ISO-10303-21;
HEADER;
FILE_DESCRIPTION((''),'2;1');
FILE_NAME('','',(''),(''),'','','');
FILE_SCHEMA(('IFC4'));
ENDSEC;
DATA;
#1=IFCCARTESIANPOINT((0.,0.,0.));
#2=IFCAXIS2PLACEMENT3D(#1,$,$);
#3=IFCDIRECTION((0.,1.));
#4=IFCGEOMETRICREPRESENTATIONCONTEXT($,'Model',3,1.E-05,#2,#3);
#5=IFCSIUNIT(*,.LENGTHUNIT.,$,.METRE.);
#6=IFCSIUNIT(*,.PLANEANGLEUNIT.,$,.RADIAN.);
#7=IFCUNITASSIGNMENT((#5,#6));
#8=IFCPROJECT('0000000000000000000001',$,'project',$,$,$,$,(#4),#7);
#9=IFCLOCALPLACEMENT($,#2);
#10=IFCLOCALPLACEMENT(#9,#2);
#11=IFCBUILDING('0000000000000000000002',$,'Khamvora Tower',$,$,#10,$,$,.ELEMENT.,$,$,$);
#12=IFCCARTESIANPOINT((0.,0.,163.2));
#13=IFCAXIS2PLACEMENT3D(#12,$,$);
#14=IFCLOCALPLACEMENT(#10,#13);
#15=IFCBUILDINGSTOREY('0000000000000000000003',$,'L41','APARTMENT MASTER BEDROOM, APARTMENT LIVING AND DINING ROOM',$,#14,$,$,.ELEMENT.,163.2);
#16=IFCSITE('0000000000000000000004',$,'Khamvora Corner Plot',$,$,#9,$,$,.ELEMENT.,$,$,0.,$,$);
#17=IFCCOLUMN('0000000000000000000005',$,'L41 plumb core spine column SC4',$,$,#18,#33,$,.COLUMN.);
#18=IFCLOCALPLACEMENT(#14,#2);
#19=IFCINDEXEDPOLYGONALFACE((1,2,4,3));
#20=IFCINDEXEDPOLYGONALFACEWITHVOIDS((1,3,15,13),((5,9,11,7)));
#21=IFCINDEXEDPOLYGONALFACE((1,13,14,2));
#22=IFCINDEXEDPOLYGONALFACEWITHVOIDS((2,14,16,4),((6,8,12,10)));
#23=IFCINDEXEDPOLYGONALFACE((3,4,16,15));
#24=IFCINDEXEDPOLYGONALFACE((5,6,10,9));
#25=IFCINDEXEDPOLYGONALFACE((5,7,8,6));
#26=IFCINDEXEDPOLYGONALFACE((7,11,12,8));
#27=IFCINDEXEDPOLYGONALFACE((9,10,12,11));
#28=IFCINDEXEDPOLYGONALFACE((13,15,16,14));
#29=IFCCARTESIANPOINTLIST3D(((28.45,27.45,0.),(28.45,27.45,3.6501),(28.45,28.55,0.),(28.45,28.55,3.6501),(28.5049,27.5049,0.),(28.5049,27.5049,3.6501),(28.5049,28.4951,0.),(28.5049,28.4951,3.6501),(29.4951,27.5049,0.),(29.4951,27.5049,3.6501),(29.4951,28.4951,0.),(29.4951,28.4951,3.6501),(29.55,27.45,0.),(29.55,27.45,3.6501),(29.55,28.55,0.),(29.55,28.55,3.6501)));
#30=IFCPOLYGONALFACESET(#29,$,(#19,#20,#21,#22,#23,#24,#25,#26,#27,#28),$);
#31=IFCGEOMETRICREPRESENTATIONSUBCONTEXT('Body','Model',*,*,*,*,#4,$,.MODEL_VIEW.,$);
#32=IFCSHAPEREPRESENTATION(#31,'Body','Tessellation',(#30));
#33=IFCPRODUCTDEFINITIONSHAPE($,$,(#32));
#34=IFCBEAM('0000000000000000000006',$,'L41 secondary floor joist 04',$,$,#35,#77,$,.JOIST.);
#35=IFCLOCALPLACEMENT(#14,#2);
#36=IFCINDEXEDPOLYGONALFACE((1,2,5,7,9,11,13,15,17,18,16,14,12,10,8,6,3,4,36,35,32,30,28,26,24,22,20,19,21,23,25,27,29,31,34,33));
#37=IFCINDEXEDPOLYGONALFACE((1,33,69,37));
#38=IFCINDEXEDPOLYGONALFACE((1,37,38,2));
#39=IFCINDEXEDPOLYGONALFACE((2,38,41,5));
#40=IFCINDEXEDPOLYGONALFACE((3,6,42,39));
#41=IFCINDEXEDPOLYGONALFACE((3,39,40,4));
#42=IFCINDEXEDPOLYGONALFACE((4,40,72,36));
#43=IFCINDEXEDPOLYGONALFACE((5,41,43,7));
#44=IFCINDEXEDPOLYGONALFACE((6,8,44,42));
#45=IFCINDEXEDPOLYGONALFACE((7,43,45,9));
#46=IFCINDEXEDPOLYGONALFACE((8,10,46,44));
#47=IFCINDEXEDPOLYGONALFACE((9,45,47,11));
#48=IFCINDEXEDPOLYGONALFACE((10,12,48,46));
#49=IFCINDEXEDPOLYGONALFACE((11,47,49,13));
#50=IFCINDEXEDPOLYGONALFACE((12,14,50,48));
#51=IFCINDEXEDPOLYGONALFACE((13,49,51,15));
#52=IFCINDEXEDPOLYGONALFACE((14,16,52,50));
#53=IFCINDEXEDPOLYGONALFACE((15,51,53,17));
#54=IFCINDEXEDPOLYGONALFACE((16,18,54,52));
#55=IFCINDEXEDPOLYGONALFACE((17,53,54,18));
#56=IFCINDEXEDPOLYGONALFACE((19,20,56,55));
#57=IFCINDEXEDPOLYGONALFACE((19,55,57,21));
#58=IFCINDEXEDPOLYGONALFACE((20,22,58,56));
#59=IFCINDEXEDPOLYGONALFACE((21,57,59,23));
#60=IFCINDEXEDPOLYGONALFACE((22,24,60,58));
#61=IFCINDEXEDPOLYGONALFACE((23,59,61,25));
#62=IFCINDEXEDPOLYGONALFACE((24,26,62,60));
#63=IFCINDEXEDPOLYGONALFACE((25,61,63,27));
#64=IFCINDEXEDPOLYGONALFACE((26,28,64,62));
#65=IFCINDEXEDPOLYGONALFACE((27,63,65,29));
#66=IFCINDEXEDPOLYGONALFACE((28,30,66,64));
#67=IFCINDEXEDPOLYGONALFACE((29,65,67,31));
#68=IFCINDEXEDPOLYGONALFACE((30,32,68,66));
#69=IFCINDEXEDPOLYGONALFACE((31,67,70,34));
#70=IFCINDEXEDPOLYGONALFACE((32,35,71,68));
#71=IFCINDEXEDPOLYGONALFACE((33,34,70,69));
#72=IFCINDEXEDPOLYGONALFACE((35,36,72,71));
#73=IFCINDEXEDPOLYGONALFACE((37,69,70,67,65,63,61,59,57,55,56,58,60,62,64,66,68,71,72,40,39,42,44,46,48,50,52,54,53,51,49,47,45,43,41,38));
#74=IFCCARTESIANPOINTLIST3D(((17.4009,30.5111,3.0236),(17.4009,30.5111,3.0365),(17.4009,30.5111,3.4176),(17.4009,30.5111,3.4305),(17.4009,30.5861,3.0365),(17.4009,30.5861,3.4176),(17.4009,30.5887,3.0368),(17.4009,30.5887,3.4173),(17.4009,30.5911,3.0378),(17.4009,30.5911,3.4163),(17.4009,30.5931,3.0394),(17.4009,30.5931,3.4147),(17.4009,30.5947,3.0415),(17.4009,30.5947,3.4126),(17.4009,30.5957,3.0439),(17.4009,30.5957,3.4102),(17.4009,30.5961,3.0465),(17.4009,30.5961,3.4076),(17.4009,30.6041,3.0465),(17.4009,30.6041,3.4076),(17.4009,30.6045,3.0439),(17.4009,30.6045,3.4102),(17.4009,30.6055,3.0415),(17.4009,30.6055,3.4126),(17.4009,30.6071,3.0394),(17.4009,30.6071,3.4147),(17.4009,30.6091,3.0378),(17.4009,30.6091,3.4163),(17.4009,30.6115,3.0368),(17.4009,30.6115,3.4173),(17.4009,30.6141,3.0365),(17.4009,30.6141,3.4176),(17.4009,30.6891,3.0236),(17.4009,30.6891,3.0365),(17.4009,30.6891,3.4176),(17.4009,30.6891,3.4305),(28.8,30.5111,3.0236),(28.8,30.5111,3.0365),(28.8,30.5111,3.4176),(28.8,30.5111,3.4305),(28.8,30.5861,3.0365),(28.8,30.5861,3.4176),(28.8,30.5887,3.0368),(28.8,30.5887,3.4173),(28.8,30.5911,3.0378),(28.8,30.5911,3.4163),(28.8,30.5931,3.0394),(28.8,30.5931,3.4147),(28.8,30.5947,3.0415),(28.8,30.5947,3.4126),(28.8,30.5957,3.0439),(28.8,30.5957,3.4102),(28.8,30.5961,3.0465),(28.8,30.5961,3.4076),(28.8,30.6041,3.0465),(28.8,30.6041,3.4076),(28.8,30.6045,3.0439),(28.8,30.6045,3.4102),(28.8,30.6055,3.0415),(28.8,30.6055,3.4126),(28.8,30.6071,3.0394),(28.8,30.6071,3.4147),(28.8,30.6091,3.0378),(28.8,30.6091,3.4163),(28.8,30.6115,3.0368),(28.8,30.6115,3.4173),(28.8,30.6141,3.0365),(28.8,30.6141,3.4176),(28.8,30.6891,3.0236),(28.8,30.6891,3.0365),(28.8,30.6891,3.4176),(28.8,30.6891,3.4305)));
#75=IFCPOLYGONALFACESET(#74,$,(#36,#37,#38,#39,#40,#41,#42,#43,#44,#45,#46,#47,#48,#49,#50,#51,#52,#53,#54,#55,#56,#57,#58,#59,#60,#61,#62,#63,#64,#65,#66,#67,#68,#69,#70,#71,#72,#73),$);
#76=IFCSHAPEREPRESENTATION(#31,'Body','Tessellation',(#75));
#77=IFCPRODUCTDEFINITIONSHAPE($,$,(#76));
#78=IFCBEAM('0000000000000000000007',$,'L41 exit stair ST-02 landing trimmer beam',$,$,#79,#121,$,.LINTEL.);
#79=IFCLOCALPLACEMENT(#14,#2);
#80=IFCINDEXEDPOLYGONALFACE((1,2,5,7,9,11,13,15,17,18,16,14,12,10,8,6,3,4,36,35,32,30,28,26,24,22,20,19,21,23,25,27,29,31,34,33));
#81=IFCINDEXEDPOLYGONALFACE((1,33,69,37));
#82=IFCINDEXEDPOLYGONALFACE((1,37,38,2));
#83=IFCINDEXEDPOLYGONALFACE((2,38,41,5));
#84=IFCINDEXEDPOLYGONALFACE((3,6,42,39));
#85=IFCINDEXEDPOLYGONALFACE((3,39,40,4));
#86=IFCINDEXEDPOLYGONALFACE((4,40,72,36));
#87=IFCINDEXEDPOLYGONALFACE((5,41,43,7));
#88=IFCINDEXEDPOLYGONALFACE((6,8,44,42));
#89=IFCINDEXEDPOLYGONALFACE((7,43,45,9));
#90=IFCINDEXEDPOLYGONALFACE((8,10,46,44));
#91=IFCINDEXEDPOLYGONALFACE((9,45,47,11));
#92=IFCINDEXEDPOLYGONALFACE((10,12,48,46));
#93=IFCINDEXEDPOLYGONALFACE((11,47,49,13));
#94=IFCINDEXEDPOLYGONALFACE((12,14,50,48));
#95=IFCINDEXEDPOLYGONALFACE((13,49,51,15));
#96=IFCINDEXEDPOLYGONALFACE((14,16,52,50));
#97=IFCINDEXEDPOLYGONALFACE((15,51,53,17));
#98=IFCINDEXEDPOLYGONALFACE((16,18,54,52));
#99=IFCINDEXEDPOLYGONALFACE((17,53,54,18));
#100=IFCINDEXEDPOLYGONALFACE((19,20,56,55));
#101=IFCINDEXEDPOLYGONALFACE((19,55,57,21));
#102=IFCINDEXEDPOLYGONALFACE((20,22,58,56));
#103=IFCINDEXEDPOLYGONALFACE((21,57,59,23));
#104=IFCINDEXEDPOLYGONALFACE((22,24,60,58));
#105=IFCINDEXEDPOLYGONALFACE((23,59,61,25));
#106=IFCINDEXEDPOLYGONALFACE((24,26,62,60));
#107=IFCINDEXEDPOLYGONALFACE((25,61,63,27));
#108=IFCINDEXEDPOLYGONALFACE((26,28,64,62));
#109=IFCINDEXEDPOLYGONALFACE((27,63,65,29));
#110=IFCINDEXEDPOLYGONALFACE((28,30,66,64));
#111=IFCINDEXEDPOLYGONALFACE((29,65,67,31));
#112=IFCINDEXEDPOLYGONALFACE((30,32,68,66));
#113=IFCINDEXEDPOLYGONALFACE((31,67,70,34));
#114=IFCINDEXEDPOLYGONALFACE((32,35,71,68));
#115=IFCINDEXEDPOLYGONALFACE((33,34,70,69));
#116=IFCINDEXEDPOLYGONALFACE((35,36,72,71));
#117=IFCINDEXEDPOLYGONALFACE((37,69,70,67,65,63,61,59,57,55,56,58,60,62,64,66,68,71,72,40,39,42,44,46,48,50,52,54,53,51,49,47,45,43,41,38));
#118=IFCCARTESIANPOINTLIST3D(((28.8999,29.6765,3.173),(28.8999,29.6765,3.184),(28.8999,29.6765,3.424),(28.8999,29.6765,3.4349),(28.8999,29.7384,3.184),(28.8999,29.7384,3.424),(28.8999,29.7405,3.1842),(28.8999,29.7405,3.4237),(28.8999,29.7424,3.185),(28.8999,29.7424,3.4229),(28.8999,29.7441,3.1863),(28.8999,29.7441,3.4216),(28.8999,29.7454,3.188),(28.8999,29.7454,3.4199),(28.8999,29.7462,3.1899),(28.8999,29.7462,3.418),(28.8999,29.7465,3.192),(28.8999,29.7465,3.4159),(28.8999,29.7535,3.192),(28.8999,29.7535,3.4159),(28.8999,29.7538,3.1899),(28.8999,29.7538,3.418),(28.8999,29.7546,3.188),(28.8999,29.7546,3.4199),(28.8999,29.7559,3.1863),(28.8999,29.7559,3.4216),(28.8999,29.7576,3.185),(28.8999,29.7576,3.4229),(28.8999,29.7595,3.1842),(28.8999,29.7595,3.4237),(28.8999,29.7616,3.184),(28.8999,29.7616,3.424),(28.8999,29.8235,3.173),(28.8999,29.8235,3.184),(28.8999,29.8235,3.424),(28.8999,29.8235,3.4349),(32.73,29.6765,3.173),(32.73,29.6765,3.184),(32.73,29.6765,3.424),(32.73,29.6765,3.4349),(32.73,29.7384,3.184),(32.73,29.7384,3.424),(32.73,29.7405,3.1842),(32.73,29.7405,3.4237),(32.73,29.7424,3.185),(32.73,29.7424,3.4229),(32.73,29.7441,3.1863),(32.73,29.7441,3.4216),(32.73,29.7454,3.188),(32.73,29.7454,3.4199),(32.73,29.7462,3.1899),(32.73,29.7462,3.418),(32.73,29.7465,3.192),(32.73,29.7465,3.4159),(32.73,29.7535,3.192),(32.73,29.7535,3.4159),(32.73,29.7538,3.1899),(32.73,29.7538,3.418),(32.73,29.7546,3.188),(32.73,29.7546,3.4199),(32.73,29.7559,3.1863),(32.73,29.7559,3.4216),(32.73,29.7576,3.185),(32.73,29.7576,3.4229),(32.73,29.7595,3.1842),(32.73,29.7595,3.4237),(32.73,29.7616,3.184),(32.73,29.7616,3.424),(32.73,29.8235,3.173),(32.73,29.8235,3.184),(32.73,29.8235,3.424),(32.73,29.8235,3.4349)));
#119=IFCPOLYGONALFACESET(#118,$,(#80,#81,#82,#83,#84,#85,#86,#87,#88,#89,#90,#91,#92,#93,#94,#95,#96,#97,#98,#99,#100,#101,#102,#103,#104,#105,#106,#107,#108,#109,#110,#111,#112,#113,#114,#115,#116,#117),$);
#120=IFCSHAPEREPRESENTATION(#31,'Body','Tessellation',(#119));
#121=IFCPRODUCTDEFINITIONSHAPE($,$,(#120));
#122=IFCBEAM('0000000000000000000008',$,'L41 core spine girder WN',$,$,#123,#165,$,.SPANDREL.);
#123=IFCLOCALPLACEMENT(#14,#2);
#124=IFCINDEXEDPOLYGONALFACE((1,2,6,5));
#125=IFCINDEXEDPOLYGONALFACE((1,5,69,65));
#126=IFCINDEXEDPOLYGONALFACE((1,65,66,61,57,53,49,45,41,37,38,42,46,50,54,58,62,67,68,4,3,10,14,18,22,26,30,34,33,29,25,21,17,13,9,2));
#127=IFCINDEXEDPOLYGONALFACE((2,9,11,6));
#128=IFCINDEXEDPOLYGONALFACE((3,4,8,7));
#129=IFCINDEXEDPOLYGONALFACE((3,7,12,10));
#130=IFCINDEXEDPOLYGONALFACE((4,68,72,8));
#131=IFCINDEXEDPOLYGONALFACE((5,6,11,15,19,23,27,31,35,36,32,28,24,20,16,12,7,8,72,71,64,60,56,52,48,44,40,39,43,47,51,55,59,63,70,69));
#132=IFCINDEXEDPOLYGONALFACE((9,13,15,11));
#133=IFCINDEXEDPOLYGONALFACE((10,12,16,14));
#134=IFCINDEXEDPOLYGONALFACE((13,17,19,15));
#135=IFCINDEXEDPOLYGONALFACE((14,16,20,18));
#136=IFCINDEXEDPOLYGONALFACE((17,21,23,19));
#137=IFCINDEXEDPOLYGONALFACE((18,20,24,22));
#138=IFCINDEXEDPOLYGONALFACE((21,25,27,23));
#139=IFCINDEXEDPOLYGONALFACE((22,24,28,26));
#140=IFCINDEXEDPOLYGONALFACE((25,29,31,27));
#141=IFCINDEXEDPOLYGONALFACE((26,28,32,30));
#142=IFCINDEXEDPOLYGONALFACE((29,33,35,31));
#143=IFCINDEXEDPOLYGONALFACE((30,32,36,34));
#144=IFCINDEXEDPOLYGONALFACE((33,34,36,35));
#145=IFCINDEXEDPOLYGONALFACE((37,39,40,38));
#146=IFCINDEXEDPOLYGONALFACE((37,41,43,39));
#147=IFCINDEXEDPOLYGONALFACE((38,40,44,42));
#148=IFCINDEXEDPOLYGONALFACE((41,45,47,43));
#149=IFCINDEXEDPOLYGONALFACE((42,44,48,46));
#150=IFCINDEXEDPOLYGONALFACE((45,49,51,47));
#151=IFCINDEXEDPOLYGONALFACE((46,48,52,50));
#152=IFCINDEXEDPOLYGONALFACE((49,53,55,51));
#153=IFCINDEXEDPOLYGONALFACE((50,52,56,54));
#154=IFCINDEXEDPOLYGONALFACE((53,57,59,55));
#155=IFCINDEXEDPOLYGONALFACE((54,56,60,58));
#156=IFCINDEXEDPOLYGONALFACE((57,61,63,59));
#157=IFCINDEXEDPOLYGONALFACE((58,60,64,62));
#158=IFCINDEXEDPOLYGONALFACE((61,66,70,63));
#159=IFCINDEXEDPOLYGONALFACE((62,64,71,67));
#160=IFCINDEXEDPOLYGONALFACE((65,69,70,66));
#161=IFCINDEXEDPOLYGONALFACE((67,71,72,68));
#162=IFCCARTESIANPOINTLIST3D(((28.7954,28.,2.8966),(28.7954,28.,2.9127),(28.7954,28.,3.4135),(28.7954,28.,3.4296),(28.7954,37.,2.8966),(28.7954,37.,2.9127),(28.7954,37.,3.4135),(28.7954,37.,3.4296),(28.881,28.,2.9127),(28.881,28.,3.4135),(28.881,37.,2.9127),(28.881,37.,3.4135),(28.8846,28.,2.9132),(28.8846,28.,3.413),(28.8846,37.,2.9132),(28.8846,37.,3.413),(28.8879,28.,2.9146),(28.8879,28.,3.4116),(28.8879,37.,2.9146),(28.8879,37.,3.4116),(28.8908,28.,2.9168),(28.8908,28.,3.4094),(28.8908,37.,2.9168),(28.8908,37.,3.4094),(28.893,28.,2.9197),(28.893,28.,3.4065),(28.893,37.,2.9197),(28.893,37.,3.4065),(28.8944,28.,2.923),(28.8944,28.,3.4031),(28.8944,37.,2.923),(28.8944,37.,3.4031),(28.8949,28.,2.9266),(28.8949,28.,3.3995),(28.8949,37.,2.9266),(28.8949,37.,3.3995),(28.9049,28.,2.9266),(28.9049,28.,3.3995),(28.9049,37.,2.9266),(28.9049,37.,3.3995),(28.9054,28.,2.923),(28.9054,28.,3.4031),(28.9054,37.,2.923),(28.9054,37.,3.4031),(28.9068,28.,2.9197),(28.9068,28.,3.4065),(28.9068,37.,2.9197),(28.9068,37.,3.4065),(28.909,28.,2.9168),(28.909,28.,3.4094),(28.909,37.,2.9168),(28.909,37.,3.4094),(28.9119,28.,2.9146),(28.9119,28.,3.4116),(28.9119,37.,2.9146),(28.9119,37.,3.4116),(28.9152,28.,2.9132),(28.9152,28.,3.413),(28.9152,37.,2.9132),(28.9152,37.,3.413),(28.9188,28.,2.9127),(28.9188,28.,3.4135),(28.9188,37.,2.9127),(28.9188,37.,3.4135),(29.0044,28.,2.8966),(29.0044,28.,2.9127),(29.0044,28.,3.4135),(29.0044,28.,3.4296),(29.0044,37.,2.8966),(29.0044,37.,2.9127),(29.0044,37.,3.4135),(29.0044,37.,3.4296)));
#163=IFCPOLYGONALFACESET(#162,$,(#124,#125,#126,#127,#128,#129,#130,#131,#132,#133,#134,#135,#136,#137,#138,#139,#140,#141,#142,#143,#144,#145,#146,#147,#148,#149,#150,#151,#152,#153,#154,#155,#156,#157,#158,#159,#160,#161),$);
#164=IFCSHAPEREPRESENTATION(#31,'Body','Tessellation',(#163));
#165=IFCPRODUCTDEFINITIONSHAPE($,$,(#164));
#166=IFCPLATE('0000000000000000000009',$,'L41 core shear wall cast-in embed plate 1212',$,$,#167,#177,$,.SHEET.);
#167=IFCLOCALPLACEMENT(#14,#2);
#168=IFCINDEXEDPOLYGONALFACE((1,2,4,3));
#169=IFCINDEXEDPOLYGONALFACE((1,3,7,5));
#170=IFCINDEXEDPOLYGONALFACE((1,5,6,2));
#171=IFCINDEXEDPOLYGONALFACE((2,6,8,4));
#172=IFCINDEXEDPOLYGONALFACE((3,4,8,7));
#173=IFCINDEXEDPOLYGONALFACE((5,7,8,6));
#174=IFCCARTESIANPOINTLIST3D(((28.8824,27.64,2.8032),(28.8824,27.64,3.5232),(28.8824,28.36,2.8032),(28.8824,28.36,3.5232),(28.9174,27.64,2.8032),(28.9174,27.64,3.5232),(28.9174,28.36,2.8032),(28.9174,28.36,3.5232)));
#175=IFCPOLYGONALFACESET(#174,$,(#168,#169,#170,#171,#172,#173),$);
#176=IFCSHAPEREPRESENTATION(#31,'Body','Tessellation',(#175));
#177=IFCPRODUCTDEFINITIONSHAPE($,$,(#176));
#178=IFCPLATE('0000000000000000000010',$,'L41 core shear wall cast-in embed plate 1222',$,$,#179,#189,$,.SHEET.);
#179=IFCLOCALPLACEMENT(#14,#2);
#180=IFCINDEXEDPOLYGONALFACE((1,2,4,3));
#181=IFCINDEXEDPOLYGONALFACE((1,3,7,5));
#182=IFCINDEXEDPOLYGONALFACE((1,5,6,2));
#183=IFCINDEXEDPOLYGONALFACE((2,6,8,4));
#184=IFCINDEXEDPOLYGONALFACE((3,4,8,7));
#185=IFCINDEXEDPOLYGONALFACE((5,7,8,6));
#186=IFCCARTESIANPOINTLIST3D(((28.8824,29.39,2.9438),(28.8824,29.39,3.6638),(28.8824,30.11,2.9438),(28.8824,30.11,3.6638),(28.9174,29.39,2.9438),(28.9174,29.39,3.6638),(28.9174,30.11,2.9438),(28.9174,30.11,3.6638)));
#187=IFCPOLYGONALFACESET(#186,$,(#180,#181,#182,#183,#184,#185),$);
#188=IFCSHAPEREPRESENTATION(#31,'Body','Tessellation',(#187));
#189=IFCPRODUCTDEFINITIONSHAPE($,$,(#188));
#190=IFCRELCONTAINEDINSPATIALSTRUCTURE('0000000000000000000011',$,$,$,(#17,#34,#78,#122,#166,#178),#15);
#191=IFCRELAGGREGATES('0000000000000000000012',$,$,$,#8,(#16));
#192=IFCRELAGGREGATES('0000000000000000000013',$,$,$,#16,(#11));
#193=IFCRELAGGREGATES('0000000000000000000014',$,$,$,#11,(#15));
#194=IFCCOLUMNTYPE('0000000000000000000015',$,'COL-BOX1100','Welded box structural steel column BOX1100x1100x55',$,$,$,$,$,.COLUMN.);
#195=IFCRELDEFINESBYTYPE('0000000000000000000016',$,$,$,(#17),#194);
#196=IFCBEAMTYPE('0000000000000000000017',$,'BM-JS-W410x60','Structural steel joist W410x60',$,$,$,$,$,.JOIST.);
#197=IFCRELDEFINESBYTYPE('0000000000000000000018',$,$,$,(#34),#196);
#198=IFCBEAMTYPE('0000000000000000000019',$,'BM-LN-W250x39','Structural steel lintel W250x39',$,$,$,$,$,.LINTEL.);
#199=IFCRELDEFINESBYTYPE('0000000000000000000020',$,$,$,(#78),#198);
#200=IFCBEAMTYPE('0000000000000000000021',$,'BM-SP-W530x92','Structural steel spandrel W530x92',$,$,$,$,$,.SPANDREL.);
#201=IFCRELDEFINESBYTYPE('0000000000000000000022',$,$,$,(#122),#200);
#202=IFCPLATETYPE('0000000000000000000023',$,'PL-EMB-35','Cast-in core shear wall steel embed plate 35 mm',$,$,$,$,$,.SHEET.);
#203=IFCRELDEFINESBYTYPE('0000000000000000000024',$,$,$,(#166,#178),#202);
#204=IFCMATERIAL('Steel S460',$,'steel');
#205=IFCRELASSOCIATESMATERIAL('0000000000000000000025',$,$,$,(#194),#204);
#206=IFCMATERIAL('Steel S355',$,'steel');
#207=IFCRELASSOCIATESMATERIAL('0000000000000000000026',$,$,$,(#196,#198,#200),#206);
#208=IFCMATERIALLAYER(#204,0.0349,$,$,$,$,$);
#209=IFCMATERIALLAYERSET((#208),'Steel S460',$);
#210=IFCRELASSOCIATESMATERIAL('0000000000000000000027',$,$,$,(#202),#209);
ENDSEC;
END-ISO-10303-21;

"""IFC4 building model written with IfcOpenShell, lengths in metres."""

from ifc_helpers import new_model, si_unit, direction, frame, origin, origin_2d, place, context, subcontext, project, spatial, rectangle, hollow_rectangle, i_section, extrude, material, layer, layer_set, material_profile, profile_set, type_object, element, save


model = new_model("IFC4")

# Units and contexts
model_context = context("Model", 3, precision=1e-05, world=origin(), true_north=direction((0.0, 1.0)))
body_context = subcontext(model_context, "Body", "Model", "MODEL_VIEW")
ifc_project = project(units=[si_unit("LENGTHUNIT", "METRE"), si_unit("PLANEANGLEUNIT", "RADIAN")], contexts=[model_context])

# Site, building, storey
site_placement = place(None, origin())
site = spatial("IfcSite", under=ifc_project, at=site_placement, Name="Khamvora Corner Plot", CompositionType="ELEMENT", RefElevation=0.0)
building_placement = place(site_placement, origin())
building = spatial("IfcBuilding", under=site, at=building_placement, Name="Khamvora Tower", CompositionType="ELEMENT")
storey_placement = place(building_placement, frame((0.0, 0.0, 163.2)))
storey = spatial("IfcBuildingStorey", under=building, at=storey_placement, Name="L41", Description="APARTMENT MASTER BEDROOM, APARTMENT LIVING AND DINING ROOM", CompositionType="ELEMENT", Elevation=163.2)

# Column
ifc_material_1 = material(Name="Steel S460", Category="steel")
ifc_material_profile_1 = material_profile(ifc_material_1, hollow_rectangle(XDim=1.1001, YDim=1.1001, WallThickness=0.0549, at=origin_2d()), Name="BOX1100x1100x55")
ifc_profile_set_1 = profile_set([ifc_material_profile_1], Name="Steel S460")
column_type = type_object("IfcColumnType", Name="COL-BOX1100", Description="Welded box structural steel column BOX1100x1100x55", PredefinedType="COLUMN", material=ifc_profile_set_1)
column_placement = place(storey_placement, frame((29.0, 28.0, 0.0), z_axis=(0.0, 0.0, 1.0), x_axis=(1.0, 0.0, 0.0)))
element("IfcColumn", 1, at=column_placement, inside=storey, type_object=column_type, Name="L41 plumb core spine column SC4", PredefinedType="COLUMN", context=body_context, shape_type="SweptSolid", body=[
    extrude(hollow_rectangle(XDim=1.1001, YDim=1.1001, WallThickness=0.0549, at=origin_2d()), origin(), (0.0, 0.0, 1.0), 3.6501),
])

# Beams
ifc_material_2 = material(Name="Steel S355", Category="steel")
ifc_material_profile_2 = material_profile(ifc_material_2, i_section(OverallWidth=0.178, OverallDepth=0.407, WebThickness=0.0081, FlangeThickness=0.0129, FilletRadius=0.01, at=origin_2d()), Name="W410x60")
ifc_profile_set_2 = profile_set([ifc_material_profile_2], Name="Steel S355")
beam_type_1 = type_object("IfcBeamType", Name="BM-JS-W410x60", Description="Structural steel joist W410x60", PredefinedType="JOIST", material=ifc_profile_set_2)
beam_1_placement = place(storey_placement, frame((17.4009, 30.6001, 3.2271), z_axis=(1.0, 0.0, 0.0), x_axis=(0.0, 1.0, 0.0)))
element("IfcBeam", 2, at=beam_1_placement, inside=storey, type_object=beam_type_1, Name="L41 secondary floor joist 04", PredefinedType="JOIST", context=body_context, shape_type="SweptSolid", body=[
    extrude(i_section(OverallWidth=0.178, OverallDepth=0.407, WebThickness=0.0081, FlangeThickness=0.0129, FilletRadius=0.01, at=origin_2d()), origin(), (0.0, 0.0, 1.0), 11.3992),
])
ifc_material_profile_3 = material_profile(ifc_material_2, i_section(OverallWidth=0.147, OverallDepth=0.262, WebThickness=0.0071, FlangeThickness=0.011, FilletRadius=0.0081, at=origin_2d()), Name="W250x39")
ifc_profile_set_3 = profile_set([ifc_material_profile_3], Name="Steel S355")
beam_type_2 = type_object("IfcBeamType", Name="BM-LN-W250x39", Description="Structural steel lintel W250x39", PredefinedType="LINTEL", material=ifc_profile_set_3)
beam_2_placement = place(storey_placement, frame((28.8999, 29.75, 3.304), z_axis=(1.0, 0.0, 0.0), x_axis=(0.0, 1.0, 0.0)))
element("IfcBeam", 3, at=beam_2_placement, inside=storey, type_object=beam_type_2, Name="L41 exit stair ST-02 landing trimmer beam", PredefinedType="LINTEL", context=body_context, shape_type="SweptSolid", body=[
    extrude(i_section(OverallWidth=0.147, OverallDepth=0.262, WebThickness=0.0071, FlangeThickness=0.011, FilletRadius=0.0081, at=origin_2d()), origin(), (0.0, 0.0, 1.0), 3.8301),
])
ifc_material_profile_4 = material_profile(ifc_material_2, i_section(OverallWidth=0.209, OverallDepth=0.533, WebThickness=0.01, FlangeThickness=0.0161, FilletRadius=0.0139, at=origin_2d()), Name="W530x92")
ifc_profile_set_4 = profile_set([ifc_material_profile_4], Name="Steel S355")
beam_type_3 = type_object("IfcBeamType", Name="BM-SP-W530x92", Description="Structural steel spandrel W530x92", PredefinedType="SPANDREL", material=ifc_profile_set_4)
beam_3_placement = place(storey_placement, frame((28.8999, 28.0, 3.1631), z_axis=(0.0, 1.0, 0.0), x_axis=(-1.0, 0.0, 0.0)))
element("IfcBeam", 4, at=beam_3_placement, inside=storey, type_object=beam_type_3, Name="L41 core spine girder WN", PredefinedType="SPANDREL", context=body_context, shape_type="SweptSolid", body=[
    extrude(i_section(OverallWidth=0.209, OverallDepth=0.533, WebThickness=0.01, FlangeThickness=0.0161, FilletRadius=0.0139, at=origin_2d()), origin(), (0.0, 0.0, 1.0), 9.0),
])

# Plates
ifc_layer_1 = layer(ifc_material_1, 0.0349)
ifc_layer_set_1 = layer_set([ifc_layer_1], Name="Steel S460")
plate_type = type_object("IfcPlateType", Name="PL-EMB-35", Description="Cast-in core shear wall steel embed plate 35 mm", PredefinedType="SHEET", material=ifc_layer_set_1)
for number, where, z_axis, x_axis, name in (
    (5, (28.8999, 28.0, 2.8032), (0.0, 0.0, 1.0), (1.0, 0.0, 0.0), "L41 core shear wall cast-in embed plate 1212"),
    (6, (28.8999, 29.75, 2.9438), (0.0, 0.0, 1.0), (1.0, 0.0, 0.0), "L41 core shear wall cast-in embed plate 1222"),
):
    element("IfcPlate", number, at=place(storey_placement, frame(where, z_axis=z_axis, x_axis=x_axis)), inside=storey, type_object=plate_type, Name=name, PredefinedType="SHEET", context=body_context, shape_type="SweptSolid", body=[
        extrude(rectangle(XDim=0.0349, YDim=0.72, at=origin_2d()), origin(), (0.0, 0.0, 1.0), 0.72),
    ])

save(model, "model.ifc")
